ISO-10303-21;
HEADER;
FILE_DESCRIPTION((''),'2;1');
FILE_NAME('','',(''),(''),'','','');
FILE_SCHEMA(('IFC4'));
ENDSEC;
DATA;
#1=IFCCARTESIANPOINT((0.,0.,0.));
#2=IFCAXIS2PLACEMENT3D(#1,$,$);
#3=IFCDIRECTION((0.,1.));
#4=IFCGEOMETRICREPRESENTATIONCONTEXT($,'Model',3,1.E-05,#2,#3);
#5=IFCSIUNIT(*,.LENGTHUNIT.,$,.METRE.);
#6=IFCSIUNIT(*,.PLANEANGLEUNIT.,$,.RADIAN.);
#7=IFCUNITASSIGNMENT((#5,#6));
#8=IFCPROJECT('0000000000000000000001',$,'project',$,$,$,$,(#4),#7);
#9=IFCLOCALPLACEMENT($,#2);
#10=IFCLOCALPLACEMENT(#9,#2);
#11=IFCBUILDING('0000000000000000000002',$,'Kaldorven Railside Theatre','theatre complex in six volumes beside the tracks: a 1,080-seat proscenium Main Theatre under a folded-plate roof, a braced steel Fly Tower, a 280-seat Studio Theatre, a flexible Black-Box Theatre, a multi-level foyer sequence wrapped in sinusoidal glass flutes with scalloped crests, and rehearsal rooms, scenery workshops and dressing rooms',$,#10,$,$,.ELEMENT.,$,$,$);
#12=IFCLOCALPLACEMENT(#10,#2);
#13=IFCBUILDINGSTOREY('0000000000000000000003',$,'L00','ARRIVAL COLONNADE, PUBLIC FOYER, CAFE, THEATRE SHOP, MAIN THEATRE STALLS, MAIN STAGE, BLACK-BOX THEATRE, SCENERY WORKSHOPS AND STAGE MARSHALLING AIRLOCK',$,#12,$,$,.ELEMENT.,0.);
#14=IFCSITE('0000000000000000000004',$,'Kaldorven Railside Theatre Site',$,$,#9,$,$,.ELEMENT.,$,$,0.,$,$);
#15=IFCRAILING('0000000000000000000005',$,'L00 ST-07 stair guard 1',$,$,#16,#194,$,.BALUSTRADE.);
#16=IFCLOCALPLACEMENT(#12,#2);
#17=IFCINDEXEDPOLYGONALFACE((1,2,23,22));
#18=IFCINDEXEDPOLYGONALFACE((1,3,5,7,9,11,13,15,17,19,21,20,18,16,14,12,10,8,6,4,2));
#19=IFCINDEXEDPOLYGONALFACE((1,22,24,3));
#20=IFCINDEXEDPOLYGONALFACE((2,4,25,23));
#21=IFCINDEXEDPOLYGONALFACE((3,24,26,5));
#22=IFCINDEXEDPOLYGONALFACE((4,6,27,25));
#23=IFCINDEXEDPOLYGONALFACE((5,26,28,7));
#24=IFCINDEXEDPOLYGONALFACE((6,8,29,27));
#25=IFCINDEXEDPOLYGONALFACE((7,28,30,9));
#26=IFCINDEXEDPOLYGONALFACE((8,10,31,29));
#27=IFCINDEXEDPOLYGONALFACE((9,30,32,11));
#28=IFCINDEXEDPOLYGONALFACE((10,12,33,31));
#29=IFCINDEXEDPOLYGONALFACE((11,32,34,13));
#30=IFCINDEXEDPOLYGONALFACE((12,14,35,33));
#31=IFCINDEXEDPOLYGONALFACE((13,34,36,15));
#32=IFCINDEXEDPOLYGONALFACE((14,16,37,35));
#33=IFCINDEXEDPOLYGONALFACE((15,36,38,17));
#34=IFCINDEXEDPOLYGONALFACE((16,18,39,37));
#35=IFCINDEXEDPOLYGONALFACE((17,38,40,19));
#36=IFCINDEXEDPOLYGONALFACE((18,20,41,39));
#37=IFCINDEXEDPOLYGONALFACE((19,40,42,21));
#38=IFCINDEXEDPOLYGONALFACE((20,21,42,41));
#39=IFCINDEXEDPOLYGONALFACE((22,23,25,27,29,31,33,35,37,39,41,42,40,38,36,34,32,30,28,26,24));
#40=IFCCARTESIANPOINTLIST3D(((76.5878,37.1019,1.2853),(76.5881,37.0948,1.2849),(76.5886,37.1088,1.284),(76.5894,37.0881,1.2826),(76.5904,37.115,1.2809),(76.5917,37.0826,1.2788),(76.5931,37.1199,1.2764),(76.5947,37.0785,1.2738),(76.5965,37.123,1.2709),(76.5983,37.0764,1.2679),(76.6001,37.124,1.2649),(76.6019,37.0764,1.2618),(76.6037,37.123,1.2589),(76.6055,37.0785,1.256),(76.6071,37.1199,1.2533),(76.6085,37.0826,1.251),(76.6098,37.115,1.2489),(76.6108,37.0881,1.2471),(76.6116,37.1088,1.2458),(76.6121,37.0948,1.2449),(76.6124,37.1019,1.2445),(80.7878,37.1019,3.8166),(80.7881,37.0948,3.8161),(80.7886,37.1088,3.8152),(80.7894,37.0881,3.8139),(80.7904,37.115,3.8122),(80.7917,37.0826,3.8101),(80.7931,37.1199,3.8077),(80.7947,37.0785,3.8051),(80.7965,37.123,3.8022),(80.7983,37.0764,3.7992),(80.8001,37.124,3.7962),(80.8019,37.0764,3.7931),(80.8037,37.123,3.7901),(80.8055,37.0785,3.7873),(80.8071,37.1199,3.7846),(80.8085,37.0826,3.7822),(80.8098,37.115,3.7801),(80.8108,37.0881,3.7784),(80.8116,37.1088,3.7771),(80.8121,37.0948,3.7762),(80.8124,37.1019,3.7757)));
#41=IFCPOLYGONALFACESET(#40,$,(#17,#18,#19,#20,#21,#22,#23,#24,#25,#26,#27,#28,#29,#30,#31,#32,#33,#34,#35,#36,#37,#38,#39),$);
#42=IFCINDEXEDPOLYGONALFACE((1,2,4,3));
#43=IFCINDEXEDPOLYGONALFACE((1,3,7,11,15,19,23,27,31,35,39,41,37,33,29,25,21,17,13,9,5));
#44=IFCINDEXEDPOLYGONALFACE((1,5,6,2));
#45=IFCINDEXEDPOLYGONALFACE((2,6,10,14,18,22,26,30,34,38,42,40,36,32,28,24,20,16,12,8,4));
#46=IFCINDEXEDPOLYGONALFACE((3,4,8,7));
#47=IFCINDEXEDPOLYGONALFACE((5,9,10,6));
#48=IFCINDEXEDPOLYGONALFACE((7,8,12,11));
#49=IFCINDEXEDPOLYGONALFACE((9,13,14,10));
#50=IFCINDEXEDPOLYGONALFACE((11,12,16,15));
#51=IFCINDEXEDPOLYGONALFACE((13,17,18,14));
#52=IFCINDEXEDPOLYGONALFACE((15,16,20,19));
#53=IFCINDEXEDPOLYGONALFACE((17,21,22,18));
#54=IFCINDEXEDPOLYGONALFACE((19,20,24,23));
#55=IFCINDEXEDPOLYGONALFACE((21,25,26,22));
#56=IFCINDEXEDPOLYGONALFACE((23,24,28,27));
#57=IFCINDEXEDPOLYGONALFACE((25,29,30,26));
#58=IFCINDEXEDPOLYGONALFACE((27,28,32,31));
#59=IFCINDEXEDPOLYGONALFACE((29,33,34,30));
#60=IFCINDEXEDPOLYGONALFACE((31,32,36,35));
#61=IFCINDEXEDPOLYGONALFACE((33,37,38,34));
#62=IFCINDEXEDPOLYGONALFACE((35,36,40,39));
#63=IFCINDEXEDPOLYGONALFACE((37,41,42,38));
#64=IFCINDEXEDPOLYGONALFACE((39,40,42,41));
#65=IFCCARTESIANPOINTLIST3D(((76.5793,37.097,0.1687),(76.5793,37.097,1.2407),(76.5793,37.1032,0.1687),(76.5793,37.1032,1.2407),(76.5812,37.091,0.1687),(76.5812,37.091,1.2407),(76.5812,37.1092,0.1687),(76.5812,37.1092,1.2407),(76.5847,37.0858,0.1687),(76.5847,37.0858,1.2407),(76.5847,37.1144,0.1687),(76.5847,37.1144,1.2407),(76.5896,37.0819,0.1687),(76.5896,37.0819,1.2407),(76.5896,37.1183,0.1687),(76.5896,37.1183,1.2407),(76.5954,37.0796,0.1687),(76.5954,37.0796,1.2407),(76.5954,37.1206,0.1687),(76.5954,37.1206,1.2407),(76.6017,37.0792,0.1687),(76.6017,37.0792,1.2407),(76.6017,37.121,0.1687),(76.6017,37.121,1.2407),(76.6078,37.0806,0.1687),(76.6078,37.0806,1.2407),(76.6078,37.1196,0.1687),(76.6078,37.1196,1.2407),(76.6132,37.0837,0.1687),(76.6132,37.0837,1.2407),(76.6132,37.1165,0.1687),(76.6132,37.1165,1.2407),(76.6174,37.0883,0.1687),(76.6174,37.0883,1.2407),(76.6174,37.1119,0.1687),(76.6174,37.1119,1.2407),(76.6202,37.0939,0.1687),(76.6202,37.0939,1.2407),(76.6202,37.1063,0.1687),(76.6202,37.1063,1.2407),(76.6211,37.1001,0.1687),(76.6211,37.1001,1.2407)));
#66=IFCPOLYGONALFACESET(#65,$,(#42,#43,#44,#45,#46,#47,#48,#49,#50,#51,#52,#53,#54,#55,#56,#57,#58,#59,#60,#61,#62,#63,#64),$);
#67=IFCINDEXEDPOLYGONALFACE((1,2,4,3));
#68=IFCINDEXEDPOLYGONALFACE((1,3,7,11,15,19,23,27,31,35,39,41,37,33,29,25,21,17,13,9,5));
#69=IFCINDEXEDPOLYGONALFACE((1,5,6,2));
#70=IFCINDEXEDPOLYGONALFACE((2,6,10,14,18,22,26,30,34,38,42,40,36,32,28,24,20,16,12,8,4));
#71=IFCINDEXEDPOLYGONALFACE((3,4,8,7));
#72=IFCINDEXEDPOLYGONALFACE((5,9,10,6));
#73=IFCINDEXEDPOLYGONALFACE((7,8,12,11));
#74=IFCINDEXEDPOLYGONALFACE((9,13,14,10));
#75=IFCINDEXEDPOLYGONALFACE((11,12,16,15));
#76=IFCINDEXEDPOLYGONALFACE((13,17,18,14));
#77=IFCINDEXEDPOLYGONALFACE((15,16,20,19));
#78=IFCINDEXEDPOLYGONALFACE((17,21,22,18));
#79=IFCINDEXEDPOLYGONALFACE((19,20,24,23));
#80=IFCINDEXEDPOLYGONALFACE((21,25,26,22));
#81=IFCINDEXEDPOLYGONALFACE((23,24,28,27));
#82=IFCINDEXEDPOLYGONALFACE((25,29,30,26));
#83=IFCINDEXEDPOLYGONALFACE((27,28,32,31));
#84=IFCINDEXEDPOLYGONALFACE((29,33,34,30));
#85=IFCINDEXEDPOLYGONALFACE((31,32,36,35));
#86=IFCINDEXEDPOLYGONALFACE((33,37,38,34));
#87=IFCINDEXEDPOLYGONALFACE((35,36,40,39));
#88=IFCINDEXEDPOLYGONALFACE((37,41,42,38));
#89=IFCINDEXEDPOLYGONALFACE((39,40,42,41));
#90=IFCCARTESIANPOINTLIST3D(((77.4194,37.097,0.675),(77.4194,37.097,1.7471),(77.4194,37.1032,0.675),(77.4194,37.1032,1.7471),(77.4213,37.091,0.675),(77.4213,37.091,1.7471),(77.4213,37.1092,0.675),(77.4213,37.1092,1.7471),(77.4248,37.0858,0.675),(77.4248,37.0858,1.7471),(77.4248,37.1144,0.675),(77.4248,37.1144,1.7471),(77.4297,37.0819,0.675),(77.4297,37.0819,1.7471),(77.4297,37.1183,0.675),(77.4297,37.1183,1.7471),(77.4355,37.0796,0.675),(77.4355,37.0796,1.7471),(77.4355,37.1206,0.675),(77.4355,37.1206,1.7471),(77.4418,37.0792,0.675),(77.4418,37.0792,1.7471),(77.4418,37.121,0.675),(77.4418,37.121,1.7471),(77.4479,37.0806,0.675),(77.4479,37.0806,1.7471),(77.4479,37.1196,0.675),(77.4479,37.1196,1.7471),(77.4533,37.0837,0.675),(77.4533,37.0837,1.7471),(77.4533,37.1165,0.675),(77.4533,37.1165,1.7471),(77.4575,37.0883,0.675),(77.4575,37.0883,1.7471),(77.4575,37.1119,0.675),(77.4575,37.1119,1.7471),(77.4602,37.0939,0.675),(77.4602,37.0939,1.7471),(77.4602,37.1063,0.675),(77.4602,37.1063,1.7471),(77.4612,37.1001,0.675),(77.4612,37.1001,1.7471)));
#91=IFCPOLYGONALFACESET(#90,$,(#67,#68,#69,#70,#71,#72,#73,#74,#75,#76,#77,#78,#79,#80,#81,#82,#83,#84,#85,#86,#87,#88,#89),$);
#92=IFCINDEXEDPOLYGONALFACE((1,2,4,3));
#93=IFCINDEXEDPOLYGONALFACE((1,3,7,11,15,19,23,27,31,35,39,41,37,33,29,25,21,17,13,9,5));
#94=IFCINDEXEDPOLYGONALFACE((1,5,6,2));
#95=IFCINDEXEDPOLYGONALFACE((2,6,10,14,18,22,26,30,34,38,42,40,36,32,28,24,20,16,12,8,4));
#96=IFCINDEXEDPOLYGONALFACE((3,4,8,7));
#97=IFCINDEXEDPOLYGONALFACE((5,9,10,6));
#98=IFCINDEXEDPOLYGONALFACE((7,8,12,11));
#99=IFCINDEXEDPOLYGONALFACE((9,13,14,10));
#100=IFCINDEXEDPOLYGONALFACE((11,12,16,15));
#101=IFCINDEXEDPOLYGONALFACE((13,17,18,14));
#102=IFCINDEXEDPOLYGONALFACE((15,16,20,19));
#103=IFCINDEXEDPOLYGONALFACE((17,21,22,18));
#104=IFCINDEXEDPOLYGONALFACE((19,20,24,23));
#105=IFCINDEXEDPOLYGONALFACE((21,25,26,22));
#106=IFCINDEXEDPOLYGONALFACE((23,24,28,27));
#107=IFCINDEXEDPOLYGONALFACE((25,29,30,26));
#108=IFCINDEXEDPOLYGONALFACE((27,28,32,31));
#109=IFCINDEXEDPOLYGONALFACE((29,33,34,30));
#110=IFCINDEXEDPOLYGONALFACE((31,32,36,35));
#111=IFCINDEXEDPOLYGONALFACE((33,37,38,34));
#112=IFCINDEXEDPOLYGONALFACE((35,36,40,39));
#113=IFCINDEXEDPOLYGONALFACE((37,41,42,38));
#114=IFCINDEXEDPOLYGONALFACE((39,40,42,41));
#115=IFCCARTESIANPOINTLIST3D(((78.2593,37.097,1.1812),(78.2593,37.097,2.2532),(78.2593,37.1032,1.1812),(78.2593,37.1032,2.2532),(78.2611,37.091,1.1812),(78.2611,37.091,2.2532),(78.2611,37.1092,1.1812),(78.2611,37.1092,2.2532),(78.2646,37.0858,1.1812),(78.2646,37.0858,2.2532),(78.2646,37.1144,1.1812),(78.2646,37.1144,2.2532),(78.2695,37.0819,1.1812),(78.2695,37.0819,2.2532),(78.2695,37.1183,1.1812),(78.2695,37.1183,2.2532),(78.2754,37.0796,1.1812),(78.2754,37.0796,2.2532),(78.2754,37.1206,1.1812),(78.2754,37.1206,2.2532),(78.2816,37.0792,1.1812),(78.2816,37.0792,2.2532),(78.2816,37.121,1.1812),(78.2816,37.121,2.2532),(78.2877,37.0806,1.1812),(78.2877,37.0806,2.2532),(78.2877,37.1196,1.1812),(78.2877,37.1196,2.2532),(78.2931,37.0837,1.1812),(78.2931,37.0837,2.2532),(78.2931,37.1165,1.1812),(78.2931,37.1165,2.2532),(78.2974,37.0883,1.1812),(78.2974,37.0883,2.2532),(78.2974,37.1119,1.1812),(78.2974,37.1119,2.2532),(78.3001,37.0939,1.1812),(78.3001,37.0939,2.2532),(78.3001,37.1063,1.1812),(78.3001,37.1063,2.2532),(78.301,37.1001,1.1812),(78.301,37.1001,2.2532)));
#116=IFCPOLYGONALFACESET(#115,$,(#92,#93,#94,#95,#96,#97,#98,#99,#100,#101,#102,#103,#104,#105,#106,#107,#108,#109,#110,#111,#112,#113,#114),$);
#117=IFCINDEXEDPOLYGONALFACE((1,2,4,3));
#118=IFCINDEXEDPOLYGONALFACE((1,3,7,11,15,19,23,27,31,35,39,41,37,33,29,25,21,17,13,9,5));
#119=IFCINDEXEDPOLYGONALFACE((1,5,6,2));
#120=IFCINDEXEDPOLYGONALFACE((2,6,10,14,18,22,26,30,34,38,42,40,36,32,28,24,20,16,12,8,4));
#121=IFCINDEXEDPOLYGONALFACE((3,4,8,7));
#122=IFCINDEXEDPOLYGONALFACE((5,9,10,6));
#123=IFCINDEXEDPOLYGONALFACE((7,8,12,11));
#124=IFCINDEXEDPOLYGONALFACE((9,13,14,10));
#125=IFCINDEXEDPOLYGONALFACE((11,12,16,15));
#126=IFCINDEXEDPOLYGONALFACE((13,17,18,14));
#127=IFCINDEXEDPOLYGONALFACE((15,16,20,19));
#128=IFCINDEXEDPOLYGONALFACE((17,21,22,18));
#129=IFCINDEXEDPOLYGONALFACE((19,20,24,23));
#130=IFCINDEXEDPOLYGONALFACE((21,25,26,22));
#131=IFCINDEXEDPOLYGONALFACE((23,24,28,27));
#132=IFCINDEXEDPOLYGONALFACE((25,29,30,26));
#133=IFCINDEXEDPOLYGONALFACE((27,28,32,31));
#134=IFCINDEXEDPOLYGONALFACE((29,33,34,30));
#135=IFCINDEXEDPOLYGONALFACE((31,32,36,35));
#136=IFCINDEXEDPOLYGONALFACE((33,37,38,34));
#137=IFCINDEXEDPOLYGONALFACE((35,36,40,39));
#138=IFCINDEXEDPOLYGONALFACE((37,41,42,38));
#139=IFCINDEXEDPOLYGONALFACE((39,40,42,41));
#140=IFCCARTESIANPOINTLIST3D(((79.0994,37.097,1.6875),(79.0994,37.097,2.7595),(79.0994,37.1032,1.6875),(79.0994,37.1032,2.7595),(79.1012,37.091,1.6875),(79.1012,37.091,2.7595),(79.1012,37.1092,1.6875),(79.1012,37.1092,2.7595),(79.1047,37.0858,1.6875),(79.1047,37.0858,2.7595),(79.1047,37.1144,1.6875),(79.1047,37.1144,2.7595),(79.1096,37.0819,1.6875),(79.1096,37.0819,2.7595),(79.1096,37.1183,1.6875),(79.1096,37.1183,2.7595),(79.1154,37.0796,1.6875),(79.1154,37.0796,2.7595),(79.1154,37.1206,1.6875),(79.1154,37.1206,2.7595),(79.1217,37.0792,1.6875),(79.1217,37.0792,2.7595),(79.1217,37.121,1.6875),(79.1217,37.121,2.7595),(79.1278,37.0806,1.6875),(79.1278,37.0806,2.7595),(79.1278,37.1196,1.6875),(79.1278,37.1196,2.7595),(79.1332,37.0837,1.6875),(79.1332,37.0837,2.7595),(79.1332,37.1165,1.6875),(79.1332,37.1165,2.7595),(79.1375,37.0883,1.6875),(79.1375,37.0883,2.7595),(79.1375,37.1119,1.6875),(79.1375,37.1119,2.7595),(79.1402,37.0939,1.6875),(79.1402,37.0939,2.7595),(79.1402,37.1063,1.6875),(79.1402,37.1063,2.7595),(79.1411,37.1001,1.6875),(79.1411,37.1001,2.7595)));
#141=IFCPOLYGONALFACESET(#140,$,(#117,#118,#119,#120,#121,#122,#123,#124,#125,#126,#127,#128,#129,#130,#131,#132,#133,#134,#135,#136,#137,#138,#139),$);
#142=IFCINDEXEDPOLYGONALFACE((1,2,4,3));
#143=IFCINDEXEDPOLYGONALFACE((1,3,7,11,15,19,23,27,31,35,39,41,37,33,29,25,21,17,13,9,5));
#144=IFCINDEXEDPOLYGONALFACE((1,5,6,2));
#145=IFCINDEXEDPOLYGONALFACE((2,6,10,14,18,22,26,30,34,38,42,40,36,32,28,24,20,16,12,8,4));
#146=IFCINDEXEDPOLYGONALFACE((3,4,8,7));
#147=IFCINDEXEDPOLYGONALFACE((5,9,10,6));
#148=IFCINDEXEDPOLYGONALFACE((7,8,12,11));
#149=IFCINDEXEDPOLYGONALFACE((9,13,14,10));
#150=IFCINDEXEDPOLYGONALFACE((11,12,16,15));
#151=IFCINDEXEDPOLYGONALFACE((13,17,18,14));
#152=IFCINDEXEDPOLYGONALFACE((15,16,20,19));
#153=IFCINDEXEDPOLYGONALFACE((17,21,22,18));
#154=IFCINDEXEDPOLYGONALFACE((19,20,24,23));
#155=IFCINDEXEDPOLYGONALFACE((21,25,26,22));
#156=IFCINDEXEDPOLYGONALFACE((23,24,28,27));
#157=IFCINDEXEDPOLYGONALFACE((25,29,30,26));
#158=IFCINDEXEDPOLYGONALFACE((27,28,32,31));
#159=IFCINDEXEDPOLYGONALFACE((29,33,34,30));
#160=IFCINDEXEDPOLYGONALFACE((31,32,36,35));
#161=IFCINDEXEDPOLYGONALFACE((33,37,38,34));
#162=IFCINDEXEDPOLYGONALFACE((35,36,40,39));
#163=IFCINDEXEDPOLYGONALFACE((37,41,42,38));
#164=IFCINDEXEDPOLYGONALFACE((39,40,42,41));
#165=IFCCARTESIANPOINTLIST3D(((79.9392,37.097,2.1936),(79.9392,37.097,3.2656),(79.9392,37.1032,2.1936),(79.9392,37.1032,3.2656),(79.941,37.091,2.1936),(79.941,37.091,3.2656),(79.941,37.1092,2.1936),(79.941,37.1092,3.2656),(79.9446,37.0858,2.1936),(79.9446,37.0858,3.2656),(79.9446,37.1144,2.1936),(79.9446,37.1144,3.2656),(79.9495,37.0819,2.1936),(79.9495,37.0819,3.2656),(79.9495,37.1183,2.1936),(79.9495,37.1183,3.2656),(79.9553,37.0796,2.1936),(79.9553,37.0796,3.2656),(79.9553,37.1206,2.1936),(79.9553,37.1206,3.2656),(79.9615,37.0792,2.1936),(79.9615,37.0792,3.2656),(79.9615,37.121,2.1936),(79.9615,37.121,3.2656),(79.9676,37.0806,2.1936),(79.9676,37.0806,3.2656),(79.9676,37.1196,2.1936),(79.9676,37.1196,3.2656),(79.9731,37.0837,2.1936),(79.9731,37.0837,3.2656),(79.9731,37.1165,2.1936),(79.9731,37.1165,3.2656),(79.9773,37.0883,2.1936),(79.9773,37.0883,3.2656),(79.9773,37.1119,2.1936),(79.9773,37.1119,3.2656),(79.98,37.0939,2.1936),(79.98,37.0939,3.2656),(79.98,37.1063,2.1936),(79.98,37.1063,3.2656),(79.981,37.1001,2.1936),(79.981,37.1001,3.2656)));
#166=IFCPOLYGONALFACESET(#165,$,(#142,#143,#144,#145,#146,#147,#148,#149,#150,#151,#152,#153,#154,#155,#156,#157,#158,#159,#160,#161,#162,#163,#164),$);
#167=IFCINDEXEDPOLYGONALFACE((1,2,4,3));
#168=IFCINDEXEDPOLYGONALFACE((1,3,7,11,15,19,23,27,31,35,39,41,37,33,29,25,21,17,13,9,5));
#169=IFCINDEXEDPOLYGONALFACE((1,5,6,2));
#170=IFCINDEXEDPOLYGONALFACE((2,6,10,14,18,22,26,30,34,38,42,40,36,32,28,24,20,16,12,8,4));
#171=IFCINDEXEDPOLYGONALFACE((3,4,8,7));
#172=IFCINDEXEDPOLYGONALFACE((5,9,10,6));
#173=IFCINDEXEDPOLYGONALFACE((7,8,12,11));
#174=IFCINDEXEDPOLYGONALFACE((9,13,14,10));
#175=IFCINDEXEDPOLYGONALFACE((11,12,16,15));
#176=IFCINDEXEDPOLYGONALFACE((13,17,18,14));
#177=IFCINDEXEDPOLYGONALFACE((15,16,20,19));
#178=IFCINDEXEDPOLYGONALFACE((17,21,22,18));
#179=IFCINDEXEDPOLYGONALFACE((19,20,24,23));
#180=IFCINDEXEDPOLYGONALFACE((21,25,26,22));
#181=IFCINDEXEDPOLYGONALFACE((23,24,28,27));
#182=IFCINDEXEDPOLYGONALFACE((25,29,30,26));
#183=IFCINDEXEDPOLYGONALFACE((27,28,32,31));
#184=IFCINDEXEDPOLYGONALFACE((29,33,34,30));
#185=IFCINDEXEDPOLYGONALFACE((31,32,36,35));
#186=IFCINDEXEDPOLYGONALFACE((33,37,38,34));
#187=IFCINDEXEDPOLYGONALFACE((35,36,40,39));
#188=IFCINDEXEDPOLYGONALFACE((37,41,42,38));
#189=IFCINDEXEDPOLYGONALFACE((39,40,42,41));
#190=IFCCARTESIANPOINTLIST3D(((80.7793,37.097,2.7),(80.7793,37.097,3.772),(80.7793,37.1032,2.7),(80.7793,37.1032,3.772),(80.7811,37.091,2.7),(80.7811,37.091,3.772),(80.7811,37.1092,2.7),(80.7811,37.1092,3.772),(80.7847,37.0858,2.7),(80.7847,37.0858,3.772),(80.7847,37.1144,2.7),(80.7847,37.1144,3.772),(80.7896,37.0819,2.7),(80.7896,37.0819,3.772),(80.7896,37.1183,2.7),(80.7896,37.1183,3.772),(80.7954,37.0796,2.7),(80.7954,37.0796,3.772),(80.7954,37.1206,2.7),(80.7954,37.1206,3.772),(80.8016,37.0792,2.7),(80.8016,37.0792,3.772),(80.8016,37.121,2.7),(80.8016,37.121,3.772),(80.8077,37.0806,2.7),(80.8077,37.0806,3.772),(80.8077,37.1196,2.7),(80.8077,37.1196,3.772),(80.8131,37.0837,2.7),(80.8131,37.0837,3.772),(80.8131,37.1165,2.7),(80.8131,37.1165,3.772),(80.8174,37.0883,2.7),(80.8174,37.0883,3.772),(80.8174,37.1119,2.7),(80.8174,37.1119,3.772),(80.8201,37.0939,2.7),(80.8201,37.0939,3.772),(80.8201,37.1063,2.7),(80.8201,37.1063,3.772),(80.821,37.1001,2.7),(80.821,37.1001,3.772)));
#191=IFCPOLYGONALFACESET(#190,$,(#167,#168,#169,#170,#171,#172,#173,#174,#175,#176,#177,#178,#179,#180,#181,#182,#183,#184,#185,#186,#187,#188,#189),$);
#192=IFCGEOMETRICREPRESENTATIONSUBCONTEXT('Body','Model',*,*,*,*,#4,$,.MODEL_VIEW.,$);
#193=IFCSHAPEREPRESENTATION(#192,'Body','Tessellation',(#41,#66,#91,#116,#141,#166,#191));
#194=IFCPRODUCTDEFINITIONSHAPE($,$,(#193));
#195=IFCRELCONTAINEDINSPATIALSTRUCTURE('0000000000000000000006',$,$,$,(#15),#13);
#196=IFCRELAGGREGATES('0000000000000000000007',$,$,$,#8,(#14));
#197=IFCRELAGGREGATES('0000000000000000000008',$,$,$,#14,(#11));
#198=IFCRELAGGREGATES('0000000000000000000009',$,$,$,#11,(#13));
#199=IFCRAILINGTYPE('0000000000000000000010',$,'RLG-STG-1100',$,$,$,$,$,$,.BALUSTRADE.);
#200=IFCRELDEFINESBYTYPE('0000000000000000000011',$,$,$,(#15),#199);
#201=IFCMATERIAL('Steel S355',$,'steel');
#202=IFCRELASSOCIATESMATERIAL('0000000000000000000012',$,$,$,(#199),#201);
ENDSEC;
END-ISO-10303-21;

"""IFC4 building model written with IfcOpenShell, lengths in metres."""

from ifc_helpers import new_model, si_unit, direction, frame, origin, origin_2d, place, context, subcontext, project, spatial, circle, extrude, material, type_object, element, save


model = new_model("IFC4")

# Units and contexts
model_context = context("Model", 3, precision=1e-05, world=origin(), true_north=direction((0.0, 1.0)))
body_context = subcontext(model_context, "Body", "Model", "MODEL_VIEW")
ifc_project = project(units=[si_unit("LENGTHUNIT", "METRE"), si_unit("PLANEANGLEUNIT", "RADIAN")], contexts=[model_context])

# Site, building, storey
site_placement = place(None, origin())
site = spatial("IfcSite", under=ifc_project, at=site_placement, Name="Kaldorven Railside Theatre Site", CompositionType="ELEMENT", RefElevation=0.0)
building_placement = place(site_placement, origin())
building = spatial("IfcBuilding", under=site, at=building_placement, Name="Kaldorven Railside Theatre", Description="theatre complex in six volumes beside the tracks: a 1,080-seat proscenium Main Theatre under a folded-plate roof, a braced steel Fly Tower, a 280-seat Studio Theatre, a flexible Black-Box Theatre, a multi-level foyer sequence wrapped in sinusoidal glass flutes with scalloped crests, and rehearsal rooms, scenery workshops and dressing rooms", CompositionType="ELEMENT")
storey_placement = place(building_placement, origin())
storey = spatial("IfcBuildingStorey", under=building, at=storey_placement, Name="L00", Description="ARRIVAL COLONNADE, PUBLIC FOYER, CAFE, THEATRE SHOP, MAIN THEATRE STALLS, MAIN STAGE, BLACK-BOX THEATRE, SCENERY WORKSHOPS AND STAGE MARSHALLING AIRLOCK", CompositionType="ELEMENT", Elevation=0.0)

# Shared definitions
ifc_material_1 = material(Name="Steel S355", Category="steel")

# Railing
railing_type_1 = type_object("IfcRailingType", Name="RLG-STG-1100", PredefinedType="BALUSTRADE", material=ifc_material_1)
railing_1_placement = place(storey_placement, frame((76.6001, 37.1001, 0.1687)))
element("IfcRailing", 1, at=railing_1_placement, inside=storey, type_object=railing_type_1, Name="L00 ST-07 stair guard 1", PredefinedType="BALUSTRADE", context=body_context, shape_type="SweptSolid", body=[
    extrude(circle(Radius=0.0239, at=origin_2d()), frame((0.0, 0.0, 1.0962), z_axis=(0.856476, 0.0, 0.516186), x_axis=(0.0, 1.0, 0.0)), (0.0, 0.0, 1.0), 4.9038),
    extrude(circle(Radius=0.021, at=origin_2d()), origin(), (0.0, 0.0, 1.0), 1.072),
    extrude(circle(Radius=0.021, at=origin_2d()), frame((0.8401, 0.0, 0.5063)), (0.0, 0.0, 1.0), 1.072),
    extrude(circle(Radius=0.021, at=origin_2d()), frame((1.6799, 0.0, 1.0125)), (0.0, 0.0, 1.0), 1.072),
    extrude(circle(Radius=0.021, at=origin_2d()), frame((2.52, 0.0, 1.5188)), (0.0, 0.0, 1.0), 1.072),
    extrude(circle(Radius=0.021, at=origin_2d()), frame((3.3599, 0.0, 2.0249)), (0.0, 0.0, 1.0), 1.072),
    extrude(circle(Radius=0.021, at=origin_2d()), frame((4.2, 0.0, 2.5312)), (0.0, 0.0, 1.0), 1.072),
])

save(model, "model.ifc")
